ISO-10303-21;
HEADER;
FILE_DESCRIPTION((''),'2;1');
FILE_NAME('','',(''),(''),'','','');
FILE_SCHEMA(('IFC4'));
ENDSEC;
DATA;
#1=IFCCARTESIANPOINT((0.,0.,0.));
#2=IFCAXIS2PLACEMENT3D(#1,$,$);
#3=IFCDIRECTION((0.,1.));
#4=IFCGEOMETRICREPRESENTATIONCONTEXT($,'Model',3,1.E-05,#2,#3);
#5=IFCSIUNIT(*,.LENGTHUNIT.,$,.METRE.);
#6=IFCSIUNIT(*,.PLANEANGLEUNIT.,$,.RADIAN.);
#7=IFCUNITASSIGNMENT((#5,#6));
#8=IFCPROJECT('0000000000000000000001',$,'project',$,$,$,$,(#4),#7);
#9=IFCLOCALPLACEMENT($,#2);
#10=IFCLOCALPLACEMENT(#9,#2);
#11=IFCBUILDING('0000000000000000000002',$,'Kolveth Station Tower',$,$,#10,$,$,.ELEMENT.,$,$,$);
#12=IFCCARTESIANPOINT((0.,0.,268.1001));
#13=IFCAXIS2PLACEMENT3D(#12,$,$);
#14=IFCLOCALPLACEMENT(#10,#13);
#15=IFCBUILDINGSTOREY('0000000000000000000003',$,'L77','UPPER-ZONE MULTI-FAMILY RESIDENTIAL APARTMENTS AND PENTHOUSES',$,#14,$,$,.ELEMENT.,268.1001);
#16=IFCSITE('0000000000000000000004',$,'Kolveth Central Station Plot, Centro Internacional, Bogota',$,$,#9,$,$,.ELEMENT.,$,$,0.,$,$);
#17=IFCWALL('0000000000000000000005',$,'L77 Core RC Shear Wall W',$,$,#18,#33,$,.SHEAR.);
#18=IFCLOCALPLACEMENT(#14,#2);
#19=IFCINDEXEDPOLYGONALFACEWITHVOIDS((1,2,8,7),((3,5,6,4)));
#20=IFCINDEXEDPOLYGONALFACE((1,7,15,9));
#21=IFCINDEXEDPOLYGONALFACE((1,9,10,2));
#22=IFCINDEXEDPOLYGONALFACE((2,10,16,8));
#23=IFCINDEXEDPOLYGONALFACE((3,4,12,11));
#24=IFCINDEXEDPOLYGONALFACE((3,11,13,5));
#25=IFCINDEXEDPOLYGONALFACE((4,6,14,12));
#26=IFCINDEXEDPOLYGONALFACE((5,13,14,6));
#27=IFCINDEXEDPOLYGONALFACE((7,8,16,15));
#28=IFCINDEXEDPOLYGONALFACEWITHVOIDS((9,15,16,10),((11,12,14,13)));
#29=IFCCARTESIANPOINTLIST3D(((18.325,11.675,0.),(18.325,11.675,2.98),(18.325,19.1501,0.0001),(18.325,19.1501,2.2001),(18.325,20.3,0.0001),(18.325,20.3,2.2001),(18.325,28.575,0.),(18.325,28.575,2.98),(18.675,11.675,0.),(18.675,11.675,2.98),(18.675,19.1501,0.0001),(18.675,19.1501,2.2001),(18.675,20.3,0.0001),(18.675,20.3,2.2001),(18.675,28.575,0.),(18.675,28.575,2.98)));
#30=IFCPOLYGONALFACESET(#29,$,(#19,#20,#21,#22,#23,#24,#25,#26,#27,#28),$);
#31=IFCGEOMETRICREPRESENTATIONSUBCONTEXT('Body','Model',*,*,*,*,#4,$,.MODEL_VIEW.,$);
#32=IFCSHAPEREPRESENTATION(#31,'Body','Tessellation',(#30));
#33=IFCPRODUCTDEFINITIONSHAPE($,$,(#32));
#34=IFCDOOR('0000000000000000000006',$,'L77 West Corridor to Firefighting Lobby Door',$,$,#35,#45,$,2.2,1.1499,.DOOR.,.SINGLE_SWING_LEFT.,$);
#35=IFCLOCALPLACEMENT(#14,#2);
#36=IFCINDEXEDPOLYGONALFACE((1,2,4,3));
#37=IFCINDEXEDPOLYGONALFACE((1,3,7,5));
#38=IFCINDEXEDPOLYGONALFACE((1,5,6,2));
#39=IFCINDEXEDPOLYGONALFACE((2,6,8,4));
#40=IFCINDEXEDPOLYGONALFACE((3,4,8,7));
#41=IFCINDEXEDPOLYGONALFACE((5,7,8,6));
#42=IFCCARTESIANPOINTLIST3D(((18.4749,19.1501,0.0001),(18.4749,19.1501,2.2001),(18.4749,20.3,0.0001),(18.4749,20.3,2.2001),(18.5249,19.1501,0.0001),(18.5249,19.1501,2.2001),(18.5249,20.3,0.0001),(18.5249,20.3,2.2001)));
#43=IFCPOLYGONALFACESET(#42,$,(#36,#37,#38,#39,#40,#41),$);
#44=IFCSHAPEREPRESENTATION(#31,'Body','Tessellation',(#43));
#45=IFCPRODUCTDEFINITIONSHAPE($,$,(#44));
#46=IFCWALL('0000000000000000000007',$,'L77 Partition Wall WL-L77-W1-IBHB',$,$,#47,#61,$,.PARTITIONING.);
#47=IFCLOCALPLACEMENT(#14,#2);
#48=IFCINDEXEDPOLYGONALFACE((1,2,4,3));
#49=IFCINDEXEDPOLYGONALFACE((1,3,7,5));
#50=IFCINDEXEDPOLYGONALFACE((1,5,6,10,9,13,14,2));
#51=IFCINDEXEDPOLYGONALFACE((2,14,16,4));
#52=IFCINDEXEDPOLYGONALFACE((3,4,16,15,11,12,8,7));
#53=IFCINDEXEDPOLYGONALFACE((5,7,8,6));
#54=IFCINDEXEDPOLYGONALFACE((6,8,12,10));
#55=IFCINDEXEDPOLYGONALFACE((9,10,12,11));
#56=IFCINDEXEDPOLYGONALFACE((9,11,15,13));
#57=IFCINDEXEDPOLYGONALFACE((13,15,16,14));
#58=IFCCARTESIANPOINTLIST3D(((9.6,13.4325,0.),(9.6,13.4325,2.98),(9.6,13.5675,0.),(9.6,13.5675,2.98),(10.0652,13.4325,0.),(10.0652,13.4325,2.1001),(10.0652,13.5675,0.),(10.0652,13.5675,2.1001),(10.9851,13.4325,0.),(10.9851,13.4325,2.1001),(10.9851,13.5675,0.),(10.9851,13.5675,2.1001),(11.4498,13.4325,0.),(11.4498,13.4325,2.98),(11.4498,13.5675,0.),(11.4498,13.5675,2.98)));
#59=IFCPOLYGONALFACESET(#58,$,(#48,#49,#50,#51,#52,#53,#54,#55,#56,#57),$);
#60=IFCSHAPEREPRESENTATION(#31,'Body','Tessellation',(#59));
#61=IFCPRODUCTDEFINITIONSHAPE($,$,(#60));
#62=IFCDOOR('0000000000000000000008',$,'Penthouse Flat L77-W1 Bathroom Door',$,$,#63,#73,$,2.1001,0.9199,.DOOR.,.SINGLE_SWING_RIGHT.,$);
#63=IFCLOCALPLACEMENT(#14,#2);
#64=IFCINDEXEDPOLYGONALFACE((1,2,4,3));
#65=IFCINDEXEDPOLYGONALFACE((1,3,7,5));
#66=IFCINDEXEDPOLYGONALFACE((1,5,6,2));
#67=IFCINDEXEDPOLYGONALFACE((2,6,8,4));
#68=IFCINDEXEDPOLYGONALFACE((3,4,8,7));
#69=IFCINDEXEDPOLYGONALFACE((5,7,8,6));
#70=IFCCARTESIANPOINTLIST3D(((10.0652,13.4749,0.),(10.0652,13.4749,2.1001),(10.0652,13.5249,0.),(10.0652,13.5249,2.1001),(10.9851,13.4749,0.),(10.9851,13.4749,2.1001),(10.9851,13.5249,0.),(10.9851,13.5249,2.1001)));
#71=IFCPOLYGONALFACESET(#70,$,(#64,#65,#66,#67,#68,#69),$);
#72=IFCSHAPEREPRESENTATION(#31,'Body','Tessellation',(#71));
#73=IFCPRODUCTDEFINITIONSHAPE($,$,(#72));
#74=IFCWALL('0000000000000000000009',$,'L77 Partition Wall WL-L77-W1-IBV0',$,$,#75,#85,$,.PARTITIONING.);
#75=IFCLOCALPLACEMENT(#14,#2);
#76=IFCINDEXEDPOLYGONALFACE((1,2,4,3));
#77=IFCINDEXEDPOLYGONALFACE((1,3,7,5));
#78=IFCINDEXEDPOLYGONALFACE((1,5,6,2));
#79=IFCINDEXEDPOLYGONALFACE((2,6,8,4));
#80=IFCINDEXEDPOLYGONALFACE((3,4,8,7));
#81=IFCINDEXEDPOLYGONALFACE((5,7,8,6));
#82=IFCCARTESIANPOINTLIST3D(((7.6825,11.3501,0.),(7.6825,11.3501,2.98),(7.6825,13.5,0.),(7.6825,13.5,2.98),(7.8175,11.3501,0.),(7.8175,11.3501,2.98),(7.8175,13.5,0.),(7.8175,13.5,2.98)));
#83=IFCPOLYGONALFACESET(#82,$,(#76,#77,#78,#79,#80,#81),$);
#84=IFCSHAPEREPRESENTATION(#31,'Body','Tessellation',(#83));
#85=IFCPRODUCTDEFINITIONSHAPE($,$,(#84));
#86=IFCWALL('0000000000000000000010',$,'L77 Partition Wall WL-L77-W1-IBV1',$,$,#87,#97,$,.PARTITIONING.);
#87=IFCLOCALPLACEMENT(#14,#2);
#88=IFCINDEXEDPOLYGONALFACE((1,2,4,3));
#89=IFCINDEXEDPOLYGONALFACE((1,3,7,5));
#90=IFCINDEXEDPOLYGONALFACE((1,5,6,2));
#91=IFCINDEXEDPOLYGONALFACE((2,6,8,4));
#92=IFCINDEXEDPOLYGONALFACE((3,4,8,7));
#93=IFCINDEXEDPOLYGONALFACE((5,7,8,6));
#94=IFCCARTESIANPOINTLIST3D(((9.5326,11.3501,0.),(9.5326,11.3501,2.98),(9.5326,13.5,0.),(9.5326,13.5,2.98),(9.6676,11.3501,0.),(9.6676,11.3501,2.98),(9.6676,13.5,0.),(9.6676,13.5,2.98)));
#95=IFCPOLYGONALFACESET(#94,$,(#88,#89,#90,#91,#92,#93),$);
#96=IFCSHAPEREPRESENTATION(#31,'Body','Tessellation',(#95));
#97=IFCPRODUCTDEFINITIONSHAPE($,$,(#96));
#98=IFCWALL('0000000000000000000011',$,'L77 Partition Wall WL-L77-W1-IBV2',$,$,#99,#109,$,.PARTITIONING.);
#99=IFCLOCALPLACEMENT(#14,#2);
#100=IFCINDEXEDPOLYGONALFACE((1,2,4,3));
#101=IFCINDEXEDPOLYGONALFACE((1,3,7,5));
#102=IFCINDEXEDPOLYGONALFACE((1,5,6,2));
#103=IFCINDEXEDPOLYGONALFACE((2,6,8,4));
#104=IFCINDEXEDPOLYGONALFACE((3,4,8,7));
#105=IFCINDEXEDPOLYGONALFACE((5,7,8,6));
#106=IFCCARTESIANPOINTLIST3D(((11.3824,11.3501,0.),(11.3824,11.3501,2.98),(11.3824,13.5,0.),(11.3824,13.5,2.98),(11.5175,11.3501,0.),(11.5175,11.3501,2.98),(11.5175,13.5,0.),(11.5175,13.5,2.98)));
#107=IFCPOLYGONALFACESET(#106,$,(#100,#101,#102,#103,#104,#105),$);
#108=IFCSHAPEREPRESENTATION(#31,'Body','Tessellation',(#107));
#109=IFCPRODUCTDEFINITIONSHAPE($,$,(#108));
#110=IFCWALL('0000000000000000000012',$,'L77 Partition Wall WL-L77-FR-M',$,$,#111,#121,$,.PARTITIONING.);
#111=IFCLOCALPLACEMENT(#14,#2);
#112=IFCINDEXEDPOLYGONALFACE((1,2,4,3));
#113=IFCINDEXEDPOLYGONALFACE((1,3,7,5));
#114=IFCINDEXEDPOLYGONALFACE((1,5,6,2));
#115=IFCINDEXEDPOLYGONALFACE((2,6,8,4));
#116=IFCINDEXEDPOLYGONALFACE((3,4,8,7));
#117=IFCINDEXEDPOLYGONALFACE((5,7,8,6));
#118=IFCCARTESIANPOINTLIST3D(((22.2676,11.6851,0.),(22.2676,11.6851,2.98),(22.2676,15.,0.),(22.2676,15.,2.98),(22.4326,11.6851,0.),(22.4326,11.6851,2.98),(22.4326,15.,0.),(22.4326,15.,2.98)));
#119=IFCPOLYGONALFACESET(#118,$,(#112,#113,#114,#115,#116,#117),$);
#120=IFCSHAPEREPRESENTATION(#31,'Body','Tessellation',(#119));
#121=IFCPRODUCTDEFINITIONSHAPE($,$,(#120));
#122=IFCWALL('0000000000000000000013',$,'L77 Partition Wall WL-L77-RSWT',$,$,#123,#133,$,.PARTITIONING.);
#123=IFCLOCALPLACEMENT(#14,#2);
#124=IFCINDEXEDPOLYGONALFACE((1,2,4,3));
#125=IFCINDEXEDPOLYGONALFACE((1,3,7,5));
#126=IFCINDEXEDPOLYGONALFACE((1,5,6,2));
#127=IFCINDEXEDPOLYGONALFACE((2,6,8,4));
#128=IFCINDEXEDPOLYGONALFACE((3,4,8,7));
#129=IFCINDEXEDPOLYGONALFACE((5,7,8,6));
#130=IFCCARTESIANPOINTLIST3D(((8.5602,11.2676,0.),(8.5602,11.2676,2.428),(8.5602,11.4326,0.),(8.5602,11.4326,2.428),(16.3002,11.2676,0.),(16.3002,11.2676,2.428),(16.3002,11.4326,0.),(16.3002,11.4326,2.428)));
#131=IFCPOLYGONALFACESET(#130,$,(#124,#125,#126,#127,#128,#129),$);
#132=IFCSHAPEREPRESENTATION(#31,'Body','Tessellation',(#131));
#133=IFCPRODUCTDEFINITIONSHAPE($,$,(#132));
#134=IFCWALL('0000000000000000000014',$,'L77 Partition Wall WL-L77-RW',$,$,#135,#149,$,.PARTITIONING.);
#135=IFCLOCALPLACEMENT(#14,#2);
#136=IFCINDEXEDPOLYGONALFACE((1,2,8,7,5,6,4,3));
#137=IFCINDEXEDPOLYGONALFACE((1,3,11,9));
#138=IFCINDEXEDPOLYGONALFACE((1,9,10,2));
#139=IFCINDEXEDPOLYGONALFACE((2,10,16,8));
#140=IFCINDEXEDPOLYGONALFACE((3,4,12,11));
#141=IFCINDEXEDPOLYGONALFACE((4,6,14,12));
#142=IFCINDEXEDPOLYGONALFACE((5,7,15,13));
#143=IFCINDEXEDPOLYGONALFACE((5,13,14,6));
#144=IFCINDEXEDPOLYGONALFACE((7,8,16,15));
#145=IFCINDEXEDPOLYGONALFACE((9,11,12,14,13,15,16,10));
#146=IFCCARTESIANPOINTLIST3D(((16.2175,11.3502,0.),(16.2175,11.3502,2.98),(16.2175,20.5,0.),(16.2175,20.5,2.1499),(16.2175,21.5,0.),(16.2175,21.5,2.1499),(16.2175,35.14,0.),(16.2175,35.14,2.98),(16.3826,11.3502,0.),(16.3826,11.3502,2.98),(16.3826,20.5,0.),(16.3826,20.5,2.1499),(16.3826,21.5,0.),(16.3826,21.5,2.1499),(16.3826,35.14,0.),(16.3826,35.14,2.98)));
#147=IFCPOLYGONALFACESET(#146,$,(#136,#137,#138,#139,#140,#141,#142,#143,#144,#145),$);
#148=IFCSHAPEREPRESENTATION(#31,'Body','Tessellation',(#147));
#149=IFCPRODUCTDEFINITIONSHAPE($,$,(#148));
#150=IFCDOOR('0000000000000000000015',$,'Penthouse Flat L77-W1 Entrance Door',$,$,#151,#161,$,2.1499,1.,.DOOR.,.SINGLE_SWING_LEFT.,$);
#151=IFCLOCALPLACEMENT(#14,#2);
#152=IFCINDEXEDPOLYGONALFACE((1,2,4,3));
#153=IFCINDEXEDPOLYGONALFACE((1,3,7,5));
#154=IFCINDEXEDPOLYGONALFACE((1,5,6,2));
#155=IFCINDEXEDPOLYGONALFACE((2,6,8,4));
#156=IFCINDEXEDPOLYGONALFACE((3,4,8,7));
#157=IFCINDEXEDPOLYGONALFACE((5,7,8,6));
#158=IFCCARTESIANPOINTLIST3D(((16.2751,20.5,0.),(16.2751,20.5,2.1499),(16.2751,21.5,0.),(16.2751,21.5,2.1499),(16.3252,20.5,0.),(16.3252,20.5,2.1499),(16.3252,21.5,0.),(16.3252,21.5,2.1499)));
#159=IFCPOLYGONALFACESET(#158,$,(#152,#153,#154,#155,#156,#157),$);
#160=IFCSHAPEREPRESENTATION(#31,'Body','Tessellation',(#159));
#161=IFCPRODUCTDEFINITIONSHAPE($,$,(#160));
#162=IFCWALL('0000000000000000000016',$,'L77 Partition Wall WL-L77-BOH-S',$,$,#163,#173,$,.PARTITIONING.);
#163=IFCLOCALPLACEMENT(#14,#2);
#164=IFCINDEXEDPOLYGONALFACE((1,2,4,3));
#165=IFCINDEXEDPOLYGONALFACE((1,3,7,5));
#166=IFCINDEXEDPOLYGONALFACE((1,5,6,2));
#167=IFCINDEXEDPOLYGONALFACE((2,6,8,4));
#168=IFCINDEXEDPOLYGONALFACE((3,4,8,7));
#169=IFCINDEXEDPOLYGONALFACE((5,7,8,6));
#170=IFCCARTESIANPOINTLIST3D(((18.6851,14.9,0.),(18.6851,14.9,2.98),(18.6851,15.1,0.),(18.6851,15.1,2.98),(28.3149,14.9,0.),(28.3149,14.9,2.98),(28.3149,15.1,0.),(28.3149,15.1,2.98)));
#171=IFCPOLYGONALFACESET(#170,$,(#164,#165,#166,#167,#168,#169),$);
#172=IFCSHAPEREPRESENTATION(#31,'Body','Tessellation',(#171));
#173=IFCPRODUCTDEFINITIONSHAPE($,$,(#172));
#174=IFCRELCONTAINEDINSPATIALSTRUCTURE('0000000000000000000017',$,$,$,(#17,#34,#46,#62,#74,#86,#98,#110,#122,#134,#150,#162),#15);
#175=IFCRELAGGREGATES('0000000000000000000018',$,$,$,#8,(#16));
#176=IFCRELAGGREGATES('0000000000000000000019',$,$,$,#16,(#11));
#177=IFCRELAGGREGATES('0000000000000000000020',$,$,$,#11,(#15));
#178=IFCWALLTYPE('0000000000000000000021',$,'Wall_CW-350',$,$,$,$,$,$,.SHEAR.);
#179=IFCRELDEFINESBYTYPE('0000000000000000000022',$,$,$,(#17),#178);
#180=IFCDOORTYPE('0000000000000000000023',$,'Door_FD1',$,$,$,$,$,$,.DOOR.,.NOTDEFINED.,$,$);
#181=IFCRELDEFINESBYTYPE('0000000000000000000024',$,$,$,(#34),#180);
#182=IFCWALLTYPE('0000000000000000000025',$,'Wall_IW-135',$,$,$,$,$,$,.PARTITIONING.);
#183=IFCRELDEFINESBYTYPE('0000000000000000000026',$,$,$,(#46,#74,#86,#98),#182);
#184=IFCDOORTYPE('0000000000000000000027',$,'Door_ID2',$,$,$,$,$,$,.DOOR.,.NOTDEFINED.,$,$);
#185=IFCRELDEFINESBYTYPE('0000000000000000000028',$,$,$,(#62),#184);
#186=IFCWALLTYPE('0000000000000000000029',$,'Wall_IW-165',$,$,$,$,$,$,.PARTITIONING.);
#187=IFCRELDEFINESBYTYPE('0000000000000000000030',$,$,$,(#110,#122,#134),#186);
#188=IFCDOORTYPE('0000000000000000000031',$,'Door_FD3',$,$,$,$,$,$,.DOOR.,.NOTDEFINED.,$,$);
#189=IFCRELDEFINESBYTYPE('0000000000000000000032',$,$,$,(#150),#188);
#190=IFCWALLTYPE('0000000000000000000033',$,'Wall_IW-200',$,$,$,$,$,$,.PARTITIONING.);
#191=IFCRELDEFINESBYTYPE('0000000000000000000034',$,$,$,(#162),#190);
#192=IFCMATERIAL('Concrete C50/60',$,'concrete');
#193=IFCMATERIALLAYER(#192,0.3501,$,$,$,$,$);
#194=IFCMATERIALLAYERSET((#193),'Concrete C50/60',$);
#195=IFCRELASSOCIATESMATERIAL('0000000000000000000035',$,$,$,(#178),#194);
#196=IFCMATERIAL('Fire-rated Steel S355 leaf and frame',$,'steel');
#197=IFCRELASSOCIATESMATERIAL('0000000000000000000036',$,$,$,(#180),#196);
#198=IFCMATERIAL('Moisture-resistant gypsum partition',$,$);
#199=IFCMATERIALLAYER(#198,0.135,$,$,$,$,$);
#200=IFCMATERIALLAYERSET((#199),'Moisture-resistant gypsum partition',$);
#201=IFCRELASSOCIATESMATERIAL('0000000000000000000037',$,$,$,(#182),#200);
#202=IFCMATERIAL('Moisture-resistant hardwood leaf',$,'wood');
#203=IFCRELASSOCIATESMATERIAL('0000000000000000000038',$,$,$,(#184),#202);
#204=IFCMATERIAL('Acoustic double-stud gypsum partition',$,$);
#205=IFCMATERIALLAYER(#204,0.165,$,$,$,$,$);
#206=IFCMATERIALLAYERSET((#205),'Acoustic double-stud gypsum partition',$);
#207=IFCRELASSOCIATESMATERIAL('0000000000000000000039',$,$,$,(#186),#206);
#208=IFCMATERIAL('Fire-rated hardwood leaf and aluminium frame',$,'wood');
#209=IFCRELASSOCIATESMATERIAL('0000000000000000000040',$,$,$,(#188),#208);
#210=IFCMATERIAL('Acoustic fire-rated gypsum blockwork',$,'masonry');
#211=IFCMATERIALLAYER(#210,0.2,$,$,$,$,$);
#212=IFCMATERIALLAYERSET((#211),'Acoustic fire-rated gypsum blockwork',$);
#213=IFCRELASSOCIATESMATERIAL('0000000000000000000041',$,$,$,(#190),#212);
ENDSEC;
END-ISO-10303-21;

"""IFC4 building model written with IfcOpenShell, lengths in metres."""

from ifc_helpers import new_model, si_unit, direction, frame, frame_2d, origin, place, context, subcontext, project, spatial, rectangle, extrude, material, layer, layer_set, type_object, element, fill, save


model = new_model("IFC4")

# Units and contexts
model_context = context("Model", 3, precision=1e-05, world=origin(), true_north=direction((0.0, 1.0)))
body_context = subcontext(model_context, "Body", "Model", "MODEL_VIEW")
ifc_project = project(units=[si_unit("LENGTHUNIT", "METRE"), si_unit("PLANEANGLEUNIT", "RADIAN")], contexts=[model_context])

# Site, building, storey
site_placement = place(None, origin())
site = spatial("IfcSite", under=ifc_project, at=site_placement, Name="Kolveth Central Station Plot, Centro Internacional, Bogota", CompositionType="ELEMENT", RefElevation=0.0)
building_placement = place(site_placement, origin())
building = spatial("IfcBuilding", under=site, at=building_placement, Name="Kolveth Station Tower", CompositionType="ELEMENT")
storey_placement = place(building_placement, frame((0.0, 0.0, 268.1001)))
storey = spatial("IfcBuildingStorey", under=building, at=storey_placement, Name="L77", Description="UPPER-ZONE MULTI-FAMILY RESIDENTIAL APARTMENTS AND PENTHOUSES", CompositionType="ELEMENT", Elevation=268.1001)

# Shared definitions
ifc_material_1 = material(Name="Concrete C50/60", Category="concrete")
ifc_layer_1 = layer(ifc_material_1, 0.3501)
ifc_layer_set_1 = layer_set([ifc_layer_1], Name="Concrete C50/60")
wall_type_1 = type_object("IfcWallType", Name="Wall_CW-350", PredefinedType="SHEAR", material=ifc_layer_set_1)

# Walls, openings, doors
wall_1_placement = place(storey_placement, frame((18.5, 11.675, 0.0), z_axis=(0.0, 0.0, 1.0), x_axis=(0.0, 1.0, 0.0)))
wall_1 = element("IfcWall", 1, at=wall_1_placement, inside=storey, type_object=wall_type_1, Name="L77 Core RC Shear Wall W", PredefinedType="SHEAR", context=body_context, shape_type="SweptSolid", body=[
    extrude(rectangle(XDim=16.8999, YDim=0.3501, at=frame_2d((8.45, 0.0))), origin(), (0.0, 0.0, 1.0), 2.98),
])
opening_1_placement = place(wall_1_placement, frame((7.4751, 0.0, 0.0)))
opening_1 = element("IfcOpeningElement", 2, at=opening_1_placement, cuts=wall_1, PredefinedType="OPENING", context=body_context, shape_type="SweptSolid", body=[
    extrude(rectangle(XDim=1.1499, YDim=2.2, at=frame_2d((0.575, 1.1001))), frame((0.0, 0.1851, 0.0), z_axis=(0.0, -1.0, 0.0), x_axis=(1.0, 0.0, 0.0)), (0.0, 0.0, 1.0), 0.3701),
])
ifc_material_2 = material(Name="Fire-rated Steel S355 leaf and frame", Category="steel")
door_type_1 = type_object("IfcDoorType", Name="Door_FD1", OperationType="NOTDEFINED", PredefinedType="DOOR", material=ifc_material_2)
door_1_placement = place(opening_1_placement, frame((1.1499, 0.0, 0.0), z_axis=(0.0, 0.0, 1.0), x_axis=(-1.0, 0.0, 0.0)))
door_1 = element("IfcDoor", 3, at=door_1_placement, inside=storey, type_object=door_type_1, Name="L77 West Corridor to Firefighting Lobby Door", OperationType="SINGLE_SWING_LEFT", OverallHeight=2.2, OverallWidth=1.1499, PredefinedType="DOOR", context=body_context, shape_type="SweptSolid", body=[
    extrude(rectangle(XDim=1.1499, YDim=2.2, at=frame_2d((0.575, 1.1001))), frame((0.0, 0.0249, 0.0), z_axis=(0.0, -1.0, 0.0), x_axis=(1.0, 0.0, 0.0)), (0.0, 0.0, 1.0), 0.05),
])
fill(opening_1, door_1)
ifc_material_3 = material(Name="Moisture-resistant gypsum partition")
ifc_layer_2 = layer(ifc_material_3, 0.135)
ifc_layer_set_2 = layer_set([ifc_layer_2], Name="Moisture-resistant gypsum partition")
wall_type_2 = type_object("IfcWallType", Name="Wall_IW-135", PredefinedType="PARTITIONING", material=ifc_layer_set_2)
wall_2_placement = place(storey_placement, frame((9.6001, 13.5, 0.0), z_axis=(0.0, 0.0, 1.0), x_axis=(1.0, 0.0, 0.0)))
wall_2 = element("IfcWall", 4, at=wall_2_placement, inside=storey, type_object=wall_type_2, Name="L77 Partition Wall WL-L77-W1-IBHB", PredefinedType="PARTITIONING", context=body_context, shape_type="SweptSolid", body=[
    extrude(rectangle(XDim=1.8499, YDim=0.135, at=frame_2d((0.9248, 0.0))), origin(), (0.0, 0.0, 1.0), 2.98),
])
opening_2_placement = place(wall_2_placement, frame((0.4651, 0.0, 0.0)))
opening_2 = element("IfcOpeningElement", 5, at=opening_2_placement, cuts=wall_2, PredefinedType="OPENING", context=body_context, shape_type="SweptSolid", body=[
    extrude(rectangle(XDim=0.9199, YDim=2.1001, at=frame_2d((0.46, 1.05))), frame((0.0, 0.0774, 0.0), z_axis=(0.0, -1.0, 0.0), x_axis=(1.0, 0.0, 0.0)), (0.0, 0.0, 1.0), 0.155),
])
ifc_material_4 = material(Name="Moisture-resistant hardwood leaf", Category="wood")
door_type_2 = type_object("IfcDoorType", Name="Door_ID2", OperationType="NOTDEFINED", PredefinedType="DOOR", material=ifc_material_4)
door_2_placement = place(opening_2_placement, origin())
door_2 = element("IfcDoor", 6, at=door_2_placement, inside=storey, type_object=door_type_2, Name="Penthouse Flat L77-W1 Bathroom Door", OperationType="SINGLE_SWING_RIGHT", OverallHeight=2.1001, OverallWidth=0.9199, PredefinedType="DOOR", context=body_context, shape_type="SweptSolid", body=[
    extrude(rectangle(XDim=0.9199, YDim=2.1001, at=frame_2d((0.46, 1.05))), frame((0.0, 0.0249, 0.0), z_axis=(0.0, -1.0, 0.0), x_axis=(1.0, 0.0, 0.0)), (0.0, 0.0, 1.0), 0.05),
])
fill(opening_2, door_2)

# Walls
for number, where, z_axis, x_axis, name in (
    (7, (7.75, 11.3501, 0.0), (0.0, 0.0, 1.0), (0.0, 1.0, 0.0), "L77 Partition Wall WL-L77-W1-IBV0"),
    (8, (9.6001, 11.3501, 0.0), (0.0, 0.0, 1.0), (0.0, 1.0, 0.0), "L77 Partition Wall WL-L77-W1-IBV1"),
    (9, (11.45, 11.3501, 0.0), (0.0, 0.0, 1.0), (0.0, 1.0, 0.0), "L77 Partition Wall WL-L77-W1-IBV2"),
):
    element("IfcWall", number, at=place(storey_placement, frame(where, z_axis=z_axis, x_axis=x_axis)), inside=storey, type_object=wall_type_2, Name=name, PredefinedType="PARTITIONING", context=body_context, shape_type="SweptSolid", body=[
        extrude(rectangle(XDim=2.1499, YDim=0.135, at=frame_2d((1.075, 0.0))), origin(), (0.0, 0.0, 1.0), 2.98),
    ])
ifc_material_5 = material(Name="Acoustic double-stud gypsum partition")
ifc_layer_3 = layer(ifc_material_5, 0.165)
ifc_layer_set_3 = layer_set([ifc_layer_3], Name="Acoustic double-stud gypsum partition")
wall_type_3 = type_object("IfcWallType", Name="Wall_IW-165", PredefinedType="PARTITIONING", material=ifc_layer_set_3)
wall_3_placement = place(storey_placement, frame((22.3501, 11.6851, 0.0), z_axis=(0.0, 0.0, 1.0), x_axis=(0.0, 1.0, 0.0)))
element("IfcWall", 10, at=wall_3_placement, inside=storey, type_object=wall_type_3, Name="L77 Partition Wall WL-L77-FR-M", PredefinedType="PARTITIONING", context=body_context, shape_type="SweptSolid", body=[
    extrude(rectangle(XDim=3.3149, YDim=0.165, at=frame_2d((1.6575, 0.0))), origin(), (0.0, 0.0, 1.0), 2.98),
])
wall_4_placement = place(storey_placement, frame((8.5601, 11.3501, 0.0), z_axis=(0.0, 0.0, 1.0), x_axis=(1.0, 0.0, 0.0)))
element("IfcWall", 11, at=wall_4_placement, inside=storey, type_object=wall_type_3, Name="L77 Partition Wall WL-L77-RSWT", PredefinedType="PARTITIONING", context=body_context, shape_type="SweptSolid", body=[
    extrude(rectangle(XDim=7.74, YDim=0.165, at=frame_2d((3.8701, 0.0))), origin(), (0.0, 0.0, 1.0), 2.428),
])

# Wall, opening, door
wall_5_placement = place(storey_placement, frame((16.3, 11.3501, 0.0), z_axis=(0.0, 0.0, 1.0), x_axis=(0.0, 1.0, 0.0)))
wall_5 = element("IfcWall", 12, at=wall_5_placement, inside=storey, type_object=wall_type_3, Name="L77 Partition Wall WL-L77-RW", PredefinedType="PARTITIONING", context=body_context, shape_type="SweptSolid", body=[
    extrude(rectangle(XDim=23.7898, YDim=0.165, at=frame_2d((11.895, 0.0))), origin(), (0.0, 0.0, 1.0), 2.98),
])
opening_3_placement = place(wall_5_placement, frame((9.1499, 0.0, 0.0)))
opening_3 = element("IfcOpeningElement", 13, at=opening_3_placement, cuts=wall_5, PredefinedType="OPENING", context=body_context, shape_type="SweptSolid", body=[
    extrude(rectangle(XDim=1.0, YDim=2.1499, at=frame_2d((0.5, 1.075))), frame((0.0, 0.0925, 0.0), z_axis=(0.0, -1.0, 0.0), x_axis=(1.0, 0.0, 0.0)), (0.0, 0.0, 1.0), 0.1851),
])
ifc_material_6 = material(Name="Fire-rated hardwood leaf and aluminium frame", Category="wood")
door_type_3 = type_object("IfcDoorType", Name="Door_FD3", OperationType="NOTDEFINED", PredefinedType="DOOR", material=ifc_material_6)
door_3_placement = place(opening_3_placement, origin())
door_3 = element("IfcDoor", 14, at=door_3_placement, inside=storey, type_object=door_type_3, Name="Penthouse Flat L77-W1 Entrance Door", OperationType="SINGLE_SWING_LEFT", OverallHeight=2.1499, OverallWidth=1.0, PredefinedType="DOOR", context=body_context, shape_type="SweptSolid", body=[
    extrude(rectangle(XDim=1.0, YDim=2.1499, at=frame_2d((0.5, 1.075))), frame((0.0, 0.0249, 0.0), z_axis=(0.0, -1.0, 0.0), x_axis=(1.0, 0.0, 0.0)), (0.0, 0.0, 1.0), 0.05),
])
fill(opening_3, door_3)

# Wall
ifc_material_7 = material(Name="Acoustic fire-rated gypsum blockwork", Category="masonry")
ifc_layer_4 = layer(ifc_material_7, 0.2)
ifc_layer_set_4 = layer_set([ifc_layer_4], Name="Acoustic fire-rated gypsum blockwork")
wall_type_4 = type_object("IfcWallType", Name="Wall_IW-200", PredefinedType="PARTITIONING", material=ifc_layer_set_4)
wall_6_placement = place(storey_placement, frame((18.6851, 15.0, 0.0), z_axis=(0.0, 0.0, 1.0), x_axis=(1.0, 0.0, 0.0)))
element("IfcWall", 15, at=wall_6_placement, inside=storey, type_object=wall_type_4, Name="L77 Partition Wall WL-L77-BOH-S", PredefinedType="PARTITIONING", context=body_context, shape_type="SweptSolid", body=[
    extrude(rectangle(XDim=9.6299, YDim=0.2, at=frame_2d((4.8149, 0.0))), origin(), (0.0, 0.0, 1.0), 2.98),
])

save(model, "model.ifc")
